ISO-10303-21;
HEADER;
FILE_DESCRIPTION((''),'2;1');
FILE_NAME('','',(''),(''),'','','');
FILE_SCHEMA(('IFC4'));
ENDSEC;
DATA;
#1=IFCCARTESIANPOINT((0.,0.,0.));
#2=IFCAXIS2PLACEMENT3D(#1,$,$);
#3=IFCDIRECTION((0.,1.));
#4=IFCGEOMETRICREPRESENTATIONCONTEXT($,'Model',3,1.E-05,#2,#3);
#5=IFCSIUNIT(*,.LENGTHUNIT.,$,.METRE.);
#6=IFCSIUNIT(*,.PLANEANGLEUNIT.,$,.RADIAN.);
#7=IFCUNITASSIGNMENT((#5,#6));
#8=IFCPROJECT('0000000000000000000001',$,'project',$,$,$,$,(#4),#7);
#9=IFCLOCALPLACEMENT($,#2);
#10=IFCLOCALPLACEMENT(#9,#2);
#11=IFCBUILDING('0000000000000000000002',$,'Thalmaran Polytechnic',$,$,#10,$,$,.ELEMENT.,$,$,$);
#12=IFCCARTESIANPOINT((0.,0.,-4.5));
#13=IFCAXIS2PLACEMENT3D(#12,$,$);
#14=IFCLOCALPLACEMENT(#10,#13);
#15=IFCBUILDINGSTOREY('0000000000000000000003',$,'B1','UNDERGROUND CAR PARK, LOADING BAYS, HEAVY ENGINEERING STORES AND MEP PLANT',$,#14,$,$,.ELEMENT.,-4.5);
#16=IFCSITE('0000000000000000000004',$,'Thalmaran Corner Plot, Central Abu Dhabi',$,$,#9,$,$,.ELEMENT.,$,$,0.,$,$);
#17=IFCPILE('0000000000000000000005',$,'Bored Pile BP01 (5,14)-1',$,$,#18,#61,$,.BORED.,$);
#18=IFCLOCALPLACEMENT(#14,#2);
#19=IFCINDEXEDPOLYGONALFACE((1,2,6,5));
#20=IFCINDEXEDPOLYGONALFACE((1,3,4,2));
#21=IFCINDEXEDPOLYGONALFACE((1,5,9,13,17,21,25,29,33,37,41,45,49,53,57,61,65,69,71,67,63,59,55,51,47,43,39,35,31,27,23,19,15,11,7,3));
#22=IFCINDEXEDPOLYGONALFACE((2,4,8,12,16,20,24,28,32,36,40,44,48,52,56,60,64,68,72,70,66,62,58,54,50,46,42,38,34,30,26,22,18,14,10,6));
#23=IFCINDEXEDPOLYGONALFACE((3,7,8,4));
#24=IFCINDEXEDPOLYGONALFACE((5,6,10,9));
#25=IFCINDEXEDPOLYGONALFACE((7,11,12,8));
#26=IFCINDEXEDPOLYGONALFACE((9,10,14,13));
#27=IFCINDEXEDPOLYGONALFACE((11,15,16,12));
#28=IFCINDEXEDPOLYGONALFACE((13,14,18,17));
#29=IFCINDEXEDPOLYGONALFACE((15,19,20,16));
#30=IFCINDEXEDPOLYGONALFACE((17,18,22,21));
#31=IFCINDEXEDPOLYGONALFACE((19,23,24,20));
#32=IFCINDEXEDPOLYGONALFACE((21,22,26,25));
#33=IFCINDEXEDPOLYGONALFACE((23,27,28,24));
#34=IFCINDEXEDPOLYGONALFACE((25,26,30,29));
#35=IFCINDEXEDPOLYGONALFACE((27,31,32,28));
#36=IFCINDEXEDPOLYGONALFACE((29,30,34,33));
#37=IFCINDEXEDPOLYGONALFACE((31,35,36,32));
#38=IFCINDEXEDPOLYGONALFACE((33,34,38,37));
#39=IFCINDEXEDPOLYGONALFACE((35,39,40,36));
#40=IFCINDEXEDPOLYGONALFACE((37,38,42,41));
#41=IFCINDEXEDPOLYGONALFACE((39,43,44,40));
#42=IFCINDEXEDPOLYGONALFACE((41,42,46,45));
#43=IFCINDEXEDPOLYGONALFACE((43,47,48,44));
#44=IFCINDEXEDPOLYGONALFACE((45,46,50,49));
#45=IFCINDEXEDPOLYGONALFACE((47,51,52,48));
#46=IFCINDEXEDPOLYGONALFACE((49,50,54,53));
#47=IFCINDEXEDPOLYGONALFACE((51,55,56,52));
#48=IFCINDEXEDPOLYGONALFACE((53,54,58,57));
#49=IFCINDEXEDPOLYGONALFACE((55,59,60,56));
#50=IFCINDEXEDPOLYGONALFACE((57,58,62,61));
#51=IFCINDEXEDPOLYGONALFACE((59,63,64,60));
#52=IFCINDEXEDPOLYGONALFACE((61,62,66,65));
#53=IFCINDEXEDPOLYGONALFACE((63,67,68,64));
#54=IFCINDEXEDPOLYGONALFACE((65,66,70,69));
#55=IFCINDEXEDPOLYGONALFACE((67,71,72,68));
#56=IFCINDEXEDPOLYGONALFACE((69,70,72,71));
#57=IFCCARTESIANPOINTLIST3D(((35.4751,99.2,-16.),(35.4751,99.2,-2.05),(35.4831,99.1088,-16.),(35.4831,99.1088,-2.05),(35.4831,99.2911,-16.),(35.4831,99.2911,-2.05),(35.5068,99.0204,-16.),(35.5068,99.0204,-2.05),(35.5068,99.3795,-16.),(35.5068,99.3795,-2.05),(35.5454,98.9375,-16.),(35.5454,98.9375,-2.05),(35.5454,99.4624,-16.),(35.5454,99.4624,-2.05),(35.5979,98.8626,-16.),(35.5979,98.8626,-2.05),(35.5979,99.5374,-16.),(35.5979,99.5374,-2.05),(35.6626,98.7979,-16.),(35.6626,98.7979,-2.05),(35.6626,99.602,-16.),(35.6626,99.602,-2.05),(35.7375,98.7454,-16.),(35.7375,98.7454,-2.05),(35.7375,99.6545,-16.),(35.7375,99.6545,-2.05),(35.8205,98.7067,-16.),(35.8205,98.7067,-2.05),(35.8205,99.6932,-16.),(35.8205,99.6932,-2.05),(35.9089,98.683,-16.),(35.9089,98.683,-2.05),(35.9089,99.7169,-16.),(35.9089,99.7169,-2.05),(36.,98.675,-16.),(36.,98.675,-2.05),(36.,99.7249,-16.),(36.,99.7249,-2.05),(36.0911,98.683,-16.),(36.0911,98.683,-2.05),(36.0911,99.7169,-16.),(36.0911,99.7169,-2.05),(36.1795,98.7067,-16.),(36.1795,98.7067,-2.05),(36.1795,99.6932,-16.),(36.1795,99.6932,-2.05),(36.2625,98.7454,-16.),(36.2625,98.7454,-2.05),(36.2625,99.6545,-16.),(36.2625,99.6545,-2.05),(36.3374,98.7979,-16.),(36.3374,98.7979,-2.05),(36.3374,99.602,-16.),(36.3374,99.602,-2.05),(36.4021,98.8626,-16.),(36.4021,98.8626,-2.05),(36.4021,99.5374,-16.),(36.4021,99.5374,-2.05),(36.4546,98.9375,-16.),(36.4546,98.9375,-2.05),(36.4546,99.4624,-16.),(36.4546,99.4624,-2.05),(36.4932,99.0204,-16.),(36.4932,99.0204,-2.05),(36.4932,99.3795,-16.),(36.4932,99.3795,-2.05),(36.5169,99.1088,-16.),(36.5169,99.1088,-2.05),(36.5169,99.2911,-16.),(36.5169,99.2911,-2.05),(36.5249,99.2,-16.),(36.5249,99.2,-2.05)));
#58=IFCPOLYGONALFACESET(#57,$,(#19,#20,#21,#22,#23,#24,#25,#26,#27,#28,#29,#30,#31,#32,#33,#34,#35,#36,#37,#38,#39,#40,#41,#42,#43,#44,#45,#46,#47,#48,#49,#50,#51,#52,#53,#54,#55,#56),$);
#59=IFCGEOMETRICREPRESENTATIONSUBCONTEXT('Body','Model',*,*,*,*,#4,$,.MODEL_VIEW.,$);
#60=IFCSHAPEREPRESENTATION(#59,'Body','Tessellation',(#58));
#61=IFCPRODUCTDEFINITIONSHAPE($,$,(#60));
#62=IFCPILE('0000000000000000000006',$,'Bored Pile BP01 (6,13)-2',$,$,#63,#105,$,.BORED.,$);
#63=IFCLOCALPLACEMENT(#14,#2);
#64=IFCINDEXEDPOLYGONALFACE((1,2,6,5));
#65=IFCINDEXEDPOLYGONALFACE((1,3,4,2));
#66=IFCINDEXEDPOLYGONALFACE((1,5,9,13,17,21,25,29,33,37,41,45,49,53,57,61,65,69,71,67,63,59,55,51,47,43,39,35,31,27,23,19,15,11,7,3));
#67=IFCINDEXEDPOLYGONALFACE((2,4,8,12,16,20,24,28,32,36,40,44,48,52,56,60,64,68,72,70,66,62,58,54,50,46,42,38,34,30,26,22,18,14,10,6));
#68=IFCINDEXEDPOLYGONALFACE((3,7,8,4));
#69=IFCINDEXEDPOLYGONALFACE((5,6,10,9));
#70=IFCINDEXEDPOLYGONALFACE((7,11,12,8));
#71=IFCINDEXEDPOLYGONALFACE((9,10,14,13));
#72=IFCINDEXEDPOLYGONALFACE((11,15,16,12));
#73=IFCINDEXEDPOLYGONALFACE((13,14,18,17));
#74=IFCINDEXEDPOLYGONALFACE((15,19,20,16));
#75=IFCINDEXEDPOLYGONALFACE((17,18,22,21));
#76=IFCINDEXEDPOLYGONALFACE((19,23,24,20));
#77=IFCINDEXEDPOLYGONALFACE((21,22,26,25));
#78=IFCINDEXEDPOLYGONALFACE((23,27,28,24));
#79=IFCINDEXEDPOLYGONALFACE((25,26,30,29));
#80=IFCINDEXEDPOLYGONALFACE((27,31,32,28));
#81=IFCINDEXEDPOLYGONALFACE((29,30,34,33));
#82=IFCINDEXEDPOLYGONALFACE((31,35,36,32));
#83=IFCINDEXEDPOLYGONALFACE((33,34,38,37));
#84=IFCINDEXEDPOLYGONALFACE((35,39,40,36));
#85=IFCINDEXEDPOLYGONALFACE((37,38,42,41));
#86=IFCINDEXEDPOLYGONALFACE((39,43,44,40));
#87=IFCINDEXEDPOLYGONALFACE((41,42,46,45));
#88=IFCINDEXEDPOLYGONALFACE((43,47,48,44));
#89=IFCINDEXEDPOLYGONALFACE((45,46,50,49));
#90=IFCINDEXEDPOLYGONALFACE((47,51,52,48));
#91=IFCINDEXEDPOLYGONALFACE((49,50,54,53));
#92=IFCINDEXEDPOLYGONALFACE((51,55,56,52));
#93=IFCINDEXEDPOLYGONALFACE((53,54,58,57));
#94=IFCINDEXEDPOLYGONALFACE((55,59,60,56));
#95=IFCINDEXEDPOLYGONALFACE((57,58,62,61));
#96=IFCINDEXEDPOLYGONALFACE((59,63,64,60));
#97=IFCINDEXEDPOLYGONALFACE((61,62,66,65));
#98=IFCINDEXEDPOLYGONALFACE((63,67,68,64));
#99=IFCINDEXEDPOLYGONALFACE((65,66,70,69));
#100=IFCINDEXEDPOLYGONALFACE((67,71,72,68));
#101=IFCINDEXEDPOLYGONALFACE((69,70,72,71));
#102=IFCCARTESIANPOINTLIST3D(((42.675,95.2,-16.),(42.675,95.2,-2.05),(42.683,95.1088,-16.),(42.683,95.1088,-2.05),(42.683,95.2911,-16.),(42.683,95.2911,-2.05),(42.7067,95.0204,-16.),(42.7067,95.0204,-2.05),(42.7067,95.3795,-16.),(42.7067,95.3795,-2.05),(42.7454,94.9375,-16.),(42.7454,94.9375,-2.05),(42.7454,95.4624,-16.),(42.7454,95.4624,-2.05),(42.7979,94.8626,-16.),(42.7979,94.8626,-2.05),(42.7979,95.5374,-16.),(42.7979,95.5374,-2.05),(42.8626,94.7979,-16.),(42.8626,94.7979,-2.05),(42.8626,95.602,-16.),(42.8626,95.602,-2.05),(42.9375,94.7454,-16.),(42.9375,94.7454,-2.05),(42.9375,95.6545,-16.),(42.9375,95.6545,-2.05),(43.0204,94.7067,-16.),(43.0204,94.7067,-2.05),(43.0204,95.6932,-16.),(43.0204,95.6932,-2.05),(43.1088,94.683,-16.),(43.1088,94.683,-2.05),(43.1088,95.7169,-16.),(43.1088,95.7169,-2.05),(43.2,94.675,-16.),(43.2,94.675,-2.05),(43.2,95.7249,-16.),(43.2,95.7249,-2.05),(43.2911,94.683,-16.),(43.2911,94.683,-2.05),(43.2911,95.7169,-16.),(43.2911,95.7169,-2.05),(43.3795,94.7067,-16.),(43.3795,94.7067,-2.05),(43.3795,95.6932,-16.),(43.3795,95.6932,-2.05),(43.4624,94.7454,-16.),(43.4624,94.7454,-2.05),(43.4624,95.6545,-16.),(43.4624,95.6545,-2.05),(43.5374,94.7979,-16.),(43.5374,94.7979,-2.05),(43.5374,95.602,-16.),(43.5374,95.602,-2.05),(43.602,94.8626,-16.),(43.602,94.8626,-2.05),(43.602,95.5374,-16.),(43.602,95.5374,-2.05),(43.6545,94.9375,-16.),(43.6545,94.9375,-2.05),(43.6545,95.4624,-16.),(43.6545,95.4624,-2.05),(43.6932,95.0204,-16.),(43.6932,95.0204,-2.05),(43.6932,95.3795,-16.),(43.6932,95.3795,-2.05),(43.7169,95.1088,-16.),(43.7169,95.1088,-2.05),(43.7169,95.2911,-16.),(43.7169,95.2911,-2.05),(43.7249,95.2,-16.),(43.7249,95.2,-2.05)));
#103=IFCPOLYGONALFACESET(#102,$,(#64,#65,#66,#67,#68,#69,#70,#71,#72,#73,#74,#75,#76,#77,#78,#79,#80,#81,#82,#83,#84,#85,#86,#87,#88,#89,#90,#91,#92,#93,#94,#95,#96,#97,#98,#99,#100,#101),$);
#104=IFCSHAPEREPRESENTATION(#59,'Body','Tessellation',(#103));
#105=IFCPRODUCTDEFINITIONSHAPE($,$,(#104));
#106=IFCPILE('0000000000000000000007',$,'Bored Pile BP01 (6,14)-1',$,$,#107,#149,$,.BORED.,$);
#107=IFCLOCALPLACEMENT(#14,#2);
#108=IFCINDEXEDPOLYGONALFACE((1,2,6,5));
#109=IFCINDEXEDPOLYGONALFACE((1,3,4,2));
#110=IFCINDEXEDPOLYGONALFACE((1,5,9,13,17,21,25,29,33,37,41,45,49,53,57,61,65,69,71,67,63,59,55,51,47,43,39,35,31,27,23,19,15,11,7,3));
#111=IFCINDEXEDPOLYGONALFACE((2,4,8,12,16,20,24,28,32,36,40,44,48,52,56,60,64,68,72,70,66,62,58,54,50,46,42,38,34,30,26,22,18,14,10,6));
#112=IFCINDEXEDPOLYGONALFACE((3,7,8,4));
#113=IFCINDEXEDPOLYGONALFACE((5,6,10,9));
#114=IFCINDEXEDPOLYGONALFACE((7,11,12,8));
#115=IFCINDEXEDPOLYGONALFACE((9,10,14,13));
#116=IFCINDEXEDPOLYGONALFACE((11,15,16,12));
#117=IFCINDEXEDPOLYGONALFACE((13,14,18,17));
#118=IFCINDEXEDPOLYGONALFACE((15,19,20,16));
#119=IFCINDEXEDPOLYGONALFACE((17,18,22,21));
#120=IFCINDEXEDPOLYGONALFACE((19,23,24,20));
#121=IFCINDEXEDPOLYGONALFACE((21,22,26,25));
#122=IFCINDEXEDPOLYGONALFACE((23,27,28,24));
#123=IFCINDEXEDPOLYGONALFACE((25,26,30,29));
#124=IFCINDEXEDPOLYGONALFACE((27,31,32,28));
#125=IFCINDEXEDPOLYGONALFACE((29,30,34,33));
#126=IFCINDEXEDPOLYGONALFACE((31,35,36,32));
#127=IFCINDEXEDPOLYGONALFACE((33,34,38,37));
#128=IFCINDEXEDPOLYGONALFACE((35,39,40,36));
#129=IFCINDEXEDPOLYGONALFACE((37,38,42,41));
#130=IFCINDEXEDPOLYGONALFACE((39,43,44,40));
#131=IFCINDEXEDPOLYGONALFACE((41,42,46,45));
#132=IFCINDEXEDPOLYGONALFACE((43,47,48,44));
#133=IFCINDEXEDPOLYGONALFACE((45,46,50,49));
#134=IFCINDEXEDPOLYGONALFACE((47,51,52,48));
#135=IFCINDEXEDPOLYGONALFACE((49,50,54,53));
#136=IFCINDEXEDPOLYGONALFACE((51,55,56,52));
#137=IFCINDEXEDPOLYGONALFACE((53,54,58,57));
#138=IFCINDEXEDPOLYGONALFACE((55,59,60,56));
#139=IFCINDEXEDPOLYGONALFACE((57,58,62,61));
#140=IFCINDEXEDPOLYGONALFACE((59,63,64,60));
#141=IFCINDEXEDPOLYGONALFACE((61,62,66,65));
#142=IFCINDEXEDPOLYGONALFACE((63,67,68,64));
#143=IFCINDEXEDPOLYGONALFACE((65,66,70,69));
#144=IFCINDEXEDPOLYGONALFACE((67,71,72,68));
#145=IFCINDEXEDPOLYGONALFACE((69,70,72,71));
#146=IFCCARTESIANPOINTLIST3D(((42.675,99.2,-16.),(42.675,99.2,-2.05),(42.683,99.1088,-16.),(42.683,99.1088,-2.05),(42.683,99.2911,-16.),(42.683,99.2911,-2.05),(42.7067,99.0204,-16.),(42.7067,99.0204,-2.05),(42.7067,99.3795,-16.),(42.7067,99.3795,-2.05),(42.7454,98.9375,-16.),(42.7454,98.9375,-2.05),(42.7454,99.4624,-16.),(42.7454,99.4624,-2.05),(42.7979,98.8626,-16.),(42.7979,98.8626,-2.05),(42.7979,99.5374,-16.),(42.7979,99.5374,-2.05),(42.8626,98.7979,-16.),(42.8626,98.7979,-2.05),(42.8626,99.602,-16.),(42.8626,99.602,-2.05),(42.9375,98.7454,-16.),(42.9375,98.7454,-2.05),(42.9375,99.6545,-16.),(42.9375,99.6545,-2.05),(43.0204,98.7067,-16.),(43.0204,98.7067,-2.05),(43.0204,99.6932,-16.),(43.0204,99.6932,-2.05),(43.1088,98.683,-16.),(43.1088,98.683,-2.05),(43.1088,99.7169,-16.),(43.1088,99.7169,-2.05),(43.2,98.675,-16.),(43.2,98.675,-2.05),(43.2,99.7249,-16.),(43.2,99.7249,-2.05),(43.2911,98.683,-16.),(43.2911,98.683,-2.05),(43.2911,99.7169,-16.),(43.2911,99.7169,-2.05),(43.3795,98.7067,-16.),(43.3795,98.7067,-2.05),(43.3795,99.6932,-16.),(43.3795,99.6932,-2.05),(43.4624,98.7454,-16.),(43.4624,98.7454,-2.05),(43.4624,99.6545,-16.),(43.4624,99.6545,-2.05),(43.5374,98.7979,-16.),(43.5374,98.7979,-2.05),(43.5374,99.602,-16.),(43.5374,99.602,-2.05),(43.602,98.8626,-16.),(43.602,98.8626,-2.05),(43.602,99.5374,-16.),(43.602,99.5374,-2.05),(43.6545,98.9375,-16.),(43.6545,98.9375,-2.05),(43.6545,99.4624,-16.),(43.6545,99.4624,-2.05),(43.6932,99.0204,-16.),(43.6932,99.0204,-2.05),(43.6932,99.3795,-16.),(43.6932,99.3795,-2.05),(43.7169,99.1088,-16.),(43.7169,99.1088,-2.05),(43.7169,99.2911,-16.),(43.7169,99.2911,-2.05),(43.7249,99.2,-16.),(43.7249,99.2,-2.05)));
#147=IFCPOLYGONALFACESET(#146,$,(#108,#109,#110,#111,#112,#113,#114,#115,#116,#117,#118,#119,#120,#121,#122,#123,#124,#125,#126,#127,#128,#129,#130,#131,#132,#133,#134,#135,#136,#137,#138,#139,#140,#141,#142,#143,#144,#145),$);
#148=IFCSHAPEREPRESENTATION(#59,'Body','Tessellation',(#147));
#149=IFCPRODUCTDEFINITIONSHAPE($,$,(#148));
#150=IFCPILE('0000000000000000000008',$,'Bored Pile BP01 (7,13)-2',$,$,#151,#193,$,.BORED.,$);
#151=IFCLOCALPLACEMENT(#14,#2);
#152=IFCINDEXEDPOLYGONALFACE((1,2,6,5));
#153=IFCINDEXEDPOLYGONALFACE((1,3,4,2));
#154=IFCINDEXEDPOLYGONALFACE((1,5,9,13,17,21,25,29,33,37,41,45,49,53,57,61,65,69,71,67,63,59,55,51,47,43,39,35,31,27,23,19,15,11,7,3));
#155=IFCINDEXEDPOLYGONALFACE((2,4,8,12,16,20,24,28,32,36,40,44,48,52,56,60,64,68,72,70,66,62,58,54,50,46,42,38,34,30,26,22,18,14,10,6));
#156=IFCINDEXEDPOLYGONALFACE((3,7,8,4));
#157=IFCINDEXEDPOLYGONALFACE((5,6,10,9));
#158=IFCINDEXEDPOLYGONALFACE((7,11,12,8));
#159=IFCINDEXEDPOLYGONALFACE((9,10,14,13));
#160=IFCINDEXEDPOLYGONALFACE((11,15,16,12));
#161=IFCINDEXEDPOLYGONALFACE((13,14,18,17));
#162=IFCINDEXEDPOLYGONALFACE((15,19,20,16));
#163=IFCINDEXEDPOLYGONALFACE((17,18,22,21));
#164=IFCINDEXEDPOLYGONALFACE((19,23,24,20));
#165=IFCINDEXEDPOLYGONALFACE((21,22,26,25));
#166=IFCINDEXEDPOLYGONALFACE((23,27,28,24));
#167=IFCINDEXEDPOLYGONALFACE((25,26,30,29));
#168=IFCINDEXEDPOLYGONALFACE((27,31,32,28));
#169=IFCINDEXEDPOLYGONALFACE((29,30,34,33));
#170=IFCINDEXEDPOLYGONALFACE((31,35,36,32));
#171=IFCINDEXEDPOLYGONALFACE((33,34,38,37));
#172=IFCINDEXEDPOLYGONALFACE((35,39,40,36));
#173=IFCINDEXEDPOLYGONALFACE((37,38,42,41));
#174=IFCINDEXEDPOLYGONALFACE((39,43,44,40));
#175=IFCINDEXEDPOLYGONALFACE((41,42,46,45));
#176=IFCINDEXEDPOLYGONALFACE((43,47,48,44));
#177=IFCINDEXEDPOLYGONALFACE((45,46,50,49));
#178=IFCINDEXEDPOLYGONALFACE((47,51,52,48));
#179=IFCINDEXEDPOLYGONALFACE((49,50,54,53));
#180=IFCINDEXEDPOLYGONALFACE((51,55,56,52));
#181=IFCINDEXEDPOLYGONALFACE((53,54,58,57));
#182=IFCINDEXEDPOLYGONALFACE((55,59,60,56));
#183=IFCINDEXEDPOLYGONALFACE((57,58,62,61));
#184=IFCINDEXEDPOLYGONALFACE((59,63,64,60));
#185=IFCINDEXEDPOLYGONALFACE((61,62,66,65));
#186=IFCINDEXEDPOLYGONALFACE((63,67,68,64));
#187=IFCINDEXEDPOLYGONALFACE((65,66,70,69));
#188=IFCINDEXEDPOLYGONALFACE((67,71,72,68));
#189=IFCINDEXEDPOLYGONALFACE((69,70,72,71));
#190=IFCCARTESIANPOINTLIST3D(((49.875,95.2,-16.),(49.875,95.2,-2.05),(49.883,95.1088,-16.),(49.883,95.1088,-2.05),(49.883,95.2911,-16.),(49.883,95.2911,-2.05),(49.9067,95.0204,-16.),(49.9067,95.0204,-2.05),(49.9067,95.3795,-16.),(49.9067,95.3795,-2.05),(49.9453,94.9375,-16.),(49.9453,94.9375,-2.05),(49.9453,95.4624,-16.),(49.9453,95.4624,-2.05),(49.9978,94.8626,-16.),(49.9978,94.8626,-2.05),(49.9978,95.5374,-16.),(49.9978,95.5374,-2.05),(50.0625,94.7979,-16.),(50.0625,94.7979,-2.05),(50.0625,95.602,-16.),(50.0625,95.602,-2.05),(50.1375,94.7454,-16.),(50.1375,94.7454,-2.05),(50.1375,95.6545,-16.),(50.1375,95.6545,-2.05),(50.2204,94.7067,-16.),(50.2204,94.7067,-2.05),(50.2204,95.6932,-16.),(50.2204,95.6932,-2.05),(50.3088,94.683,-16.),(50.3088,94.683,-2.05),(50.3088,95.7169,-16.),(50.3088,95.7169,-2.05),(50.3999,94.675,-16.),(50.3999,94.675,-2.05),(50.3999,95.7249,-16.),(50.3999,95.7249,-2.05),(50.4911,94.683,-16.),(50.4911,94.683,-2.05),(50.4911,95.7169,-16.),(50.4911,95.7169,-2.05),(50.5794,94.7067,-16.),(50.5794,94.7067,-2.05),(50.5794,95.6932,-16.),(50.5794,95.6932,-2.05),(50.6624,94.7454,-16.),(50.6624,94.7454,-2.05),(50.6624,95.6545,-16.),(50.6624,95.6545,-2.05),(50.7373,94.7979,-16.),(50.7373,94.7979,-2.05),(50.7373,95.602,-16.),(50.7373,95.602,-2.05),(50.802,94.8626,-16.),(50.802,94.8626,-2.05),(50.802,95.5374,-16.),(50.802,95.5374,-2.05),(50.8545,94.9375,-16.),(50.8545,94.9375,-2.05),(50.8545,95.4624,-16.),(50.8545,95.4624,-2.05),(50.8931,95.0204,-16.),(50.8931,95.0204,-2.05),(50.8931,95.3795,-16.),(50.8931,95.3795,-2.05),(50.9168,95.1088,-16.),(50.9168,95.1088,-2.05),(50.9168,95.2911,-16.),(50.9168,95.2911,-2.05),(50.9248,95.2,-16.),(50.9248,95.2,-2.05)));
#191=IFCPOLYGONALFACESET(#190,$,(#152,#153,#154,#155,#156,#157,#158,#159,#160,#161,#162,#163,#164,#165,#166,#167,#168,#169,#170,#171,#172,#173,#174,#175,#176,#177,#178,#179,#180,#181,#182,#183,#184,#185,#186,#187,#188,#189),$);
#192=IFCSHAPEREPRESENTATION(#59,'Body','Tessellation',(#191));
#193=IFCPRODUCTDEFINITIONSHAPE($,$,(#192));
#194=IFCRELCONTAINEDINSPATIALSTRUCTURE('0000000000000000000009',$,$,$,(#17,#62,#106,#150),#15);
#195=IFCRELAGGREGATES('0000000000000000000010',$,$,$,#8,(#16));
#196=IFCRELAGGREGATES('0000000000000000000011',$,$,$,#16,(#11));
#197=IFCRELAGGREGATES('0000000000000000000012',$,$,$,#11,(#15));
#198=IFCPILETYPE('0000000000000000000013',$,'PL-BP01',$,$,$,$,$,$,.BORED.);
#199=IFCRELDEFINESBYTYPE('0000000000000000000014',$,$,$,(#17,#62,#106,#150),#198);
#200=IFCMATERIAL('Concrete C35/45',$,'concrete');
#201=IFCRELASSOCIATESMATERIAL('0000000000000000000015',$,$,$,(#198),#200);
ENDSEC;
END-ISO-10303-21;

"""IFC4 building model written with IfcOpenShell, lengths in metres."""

from ifc_helpers import new_model, si_unit, direction, frame, origin, origin_2d, place, context, subcontext, project, spatial, circle, extrude, material, material_profile, profile_set, type_object, element, save


model = new_model("IFC4")

# Units and contexts
model_context = context("Model", 3, precision=1e-05, world=origin(), true_north=direction((0.0, 1.0)))
body_context = subcontext(model_context, "Body", "Model", "MODEL_VIEW")
ifc_project = project(units=[si_unit("LENGTHUNIT", "METRE"), si_unit("PLANEANGLEUNIT", "RADIAN")], contexts=[model_context])

# Site, building, storey
site_placement = place(None, origin())
site = spatial("IfcSite", under=ifc_project, at=site_placement, Name="Thalmaran Corner Plot, Central Abu Dhabi", CompositionType="ELEMENT", RefElevation=0.0)
building_placement = place(site_placement, origin())
building = spatial("IfcBuilding", under=site, at=building_placement, Name="Thalmaran Polytechnic", CompositionType="ELEMENT")
storey_placement = place(building_placement, frame((0.0, 0.0, -4.5)))
storey = spatial("IfcBuildingStorey", under=building, at=storey_placement, Name="B1", Description="UNDERGROUND CAR PARK, LOADING BAYS, HEAVY ENGINEERING STORES AND MEP PLANT", CompositionType="ELEMENT", Elevation=-4.5)

# Piles
ifc_material_1 = material(Name="Concrete C35/45", Category="concrete")
ifc_material_profile_1 = material_profile(ifc_material_1, circle(Radius=0.5249, at=origin_2d()), Name="RC 1050 DIA")
ifc_profile_set_1 = profile_set([ifc_material_profile_1], Name="Concrete C35/45")
pile_type = type_object("IfcPileType", Name="PL-BP01", PredefinedType="BORED", material=ifc_profile_set_1)
for number, where, z_axis, x_axis, name in (
    (1, (36.0, 99.2, -2.05), (0.0, 0.0, -1.0), (1.0, 0.0, 0.0), "Bored Pile BP01 (5,14)-1"),
    (2, (43.2, 95.2, -2.05), (0.0, 0.0, -1.0), (1.0, 0.0, 0.0), "Bored Pile BP01 (6,13)-2"),
    (3, (43.2, 99.2, -2.05), (0.0, 0.0, -1.0), (1.0, 0.0, 0.0), "Bored Pile BP01 (6,14)-1"),
    (4, (50.3999, 95.2, -2.05), (0.0, 0.0, -1.0), (1.0, 0.0, 0.0), "Bored Pile BP01 (7,13)-2"),
):
    element("IfcPile", number, at=place(storey_placement, frame(where, z_axis=z_axis, x_axis=x_axis)), inside=storey, type_object=pile_type, Name=name, PredefinedType="BORED", context=body_context, shape_type="SweptSolid", body=[
        extrude(circle(Radius=0.5249, at=origin_2d()), origin(), (0.0, 0.0, 1.0), 13.95),
    ])

save(model, "model.ifc")
